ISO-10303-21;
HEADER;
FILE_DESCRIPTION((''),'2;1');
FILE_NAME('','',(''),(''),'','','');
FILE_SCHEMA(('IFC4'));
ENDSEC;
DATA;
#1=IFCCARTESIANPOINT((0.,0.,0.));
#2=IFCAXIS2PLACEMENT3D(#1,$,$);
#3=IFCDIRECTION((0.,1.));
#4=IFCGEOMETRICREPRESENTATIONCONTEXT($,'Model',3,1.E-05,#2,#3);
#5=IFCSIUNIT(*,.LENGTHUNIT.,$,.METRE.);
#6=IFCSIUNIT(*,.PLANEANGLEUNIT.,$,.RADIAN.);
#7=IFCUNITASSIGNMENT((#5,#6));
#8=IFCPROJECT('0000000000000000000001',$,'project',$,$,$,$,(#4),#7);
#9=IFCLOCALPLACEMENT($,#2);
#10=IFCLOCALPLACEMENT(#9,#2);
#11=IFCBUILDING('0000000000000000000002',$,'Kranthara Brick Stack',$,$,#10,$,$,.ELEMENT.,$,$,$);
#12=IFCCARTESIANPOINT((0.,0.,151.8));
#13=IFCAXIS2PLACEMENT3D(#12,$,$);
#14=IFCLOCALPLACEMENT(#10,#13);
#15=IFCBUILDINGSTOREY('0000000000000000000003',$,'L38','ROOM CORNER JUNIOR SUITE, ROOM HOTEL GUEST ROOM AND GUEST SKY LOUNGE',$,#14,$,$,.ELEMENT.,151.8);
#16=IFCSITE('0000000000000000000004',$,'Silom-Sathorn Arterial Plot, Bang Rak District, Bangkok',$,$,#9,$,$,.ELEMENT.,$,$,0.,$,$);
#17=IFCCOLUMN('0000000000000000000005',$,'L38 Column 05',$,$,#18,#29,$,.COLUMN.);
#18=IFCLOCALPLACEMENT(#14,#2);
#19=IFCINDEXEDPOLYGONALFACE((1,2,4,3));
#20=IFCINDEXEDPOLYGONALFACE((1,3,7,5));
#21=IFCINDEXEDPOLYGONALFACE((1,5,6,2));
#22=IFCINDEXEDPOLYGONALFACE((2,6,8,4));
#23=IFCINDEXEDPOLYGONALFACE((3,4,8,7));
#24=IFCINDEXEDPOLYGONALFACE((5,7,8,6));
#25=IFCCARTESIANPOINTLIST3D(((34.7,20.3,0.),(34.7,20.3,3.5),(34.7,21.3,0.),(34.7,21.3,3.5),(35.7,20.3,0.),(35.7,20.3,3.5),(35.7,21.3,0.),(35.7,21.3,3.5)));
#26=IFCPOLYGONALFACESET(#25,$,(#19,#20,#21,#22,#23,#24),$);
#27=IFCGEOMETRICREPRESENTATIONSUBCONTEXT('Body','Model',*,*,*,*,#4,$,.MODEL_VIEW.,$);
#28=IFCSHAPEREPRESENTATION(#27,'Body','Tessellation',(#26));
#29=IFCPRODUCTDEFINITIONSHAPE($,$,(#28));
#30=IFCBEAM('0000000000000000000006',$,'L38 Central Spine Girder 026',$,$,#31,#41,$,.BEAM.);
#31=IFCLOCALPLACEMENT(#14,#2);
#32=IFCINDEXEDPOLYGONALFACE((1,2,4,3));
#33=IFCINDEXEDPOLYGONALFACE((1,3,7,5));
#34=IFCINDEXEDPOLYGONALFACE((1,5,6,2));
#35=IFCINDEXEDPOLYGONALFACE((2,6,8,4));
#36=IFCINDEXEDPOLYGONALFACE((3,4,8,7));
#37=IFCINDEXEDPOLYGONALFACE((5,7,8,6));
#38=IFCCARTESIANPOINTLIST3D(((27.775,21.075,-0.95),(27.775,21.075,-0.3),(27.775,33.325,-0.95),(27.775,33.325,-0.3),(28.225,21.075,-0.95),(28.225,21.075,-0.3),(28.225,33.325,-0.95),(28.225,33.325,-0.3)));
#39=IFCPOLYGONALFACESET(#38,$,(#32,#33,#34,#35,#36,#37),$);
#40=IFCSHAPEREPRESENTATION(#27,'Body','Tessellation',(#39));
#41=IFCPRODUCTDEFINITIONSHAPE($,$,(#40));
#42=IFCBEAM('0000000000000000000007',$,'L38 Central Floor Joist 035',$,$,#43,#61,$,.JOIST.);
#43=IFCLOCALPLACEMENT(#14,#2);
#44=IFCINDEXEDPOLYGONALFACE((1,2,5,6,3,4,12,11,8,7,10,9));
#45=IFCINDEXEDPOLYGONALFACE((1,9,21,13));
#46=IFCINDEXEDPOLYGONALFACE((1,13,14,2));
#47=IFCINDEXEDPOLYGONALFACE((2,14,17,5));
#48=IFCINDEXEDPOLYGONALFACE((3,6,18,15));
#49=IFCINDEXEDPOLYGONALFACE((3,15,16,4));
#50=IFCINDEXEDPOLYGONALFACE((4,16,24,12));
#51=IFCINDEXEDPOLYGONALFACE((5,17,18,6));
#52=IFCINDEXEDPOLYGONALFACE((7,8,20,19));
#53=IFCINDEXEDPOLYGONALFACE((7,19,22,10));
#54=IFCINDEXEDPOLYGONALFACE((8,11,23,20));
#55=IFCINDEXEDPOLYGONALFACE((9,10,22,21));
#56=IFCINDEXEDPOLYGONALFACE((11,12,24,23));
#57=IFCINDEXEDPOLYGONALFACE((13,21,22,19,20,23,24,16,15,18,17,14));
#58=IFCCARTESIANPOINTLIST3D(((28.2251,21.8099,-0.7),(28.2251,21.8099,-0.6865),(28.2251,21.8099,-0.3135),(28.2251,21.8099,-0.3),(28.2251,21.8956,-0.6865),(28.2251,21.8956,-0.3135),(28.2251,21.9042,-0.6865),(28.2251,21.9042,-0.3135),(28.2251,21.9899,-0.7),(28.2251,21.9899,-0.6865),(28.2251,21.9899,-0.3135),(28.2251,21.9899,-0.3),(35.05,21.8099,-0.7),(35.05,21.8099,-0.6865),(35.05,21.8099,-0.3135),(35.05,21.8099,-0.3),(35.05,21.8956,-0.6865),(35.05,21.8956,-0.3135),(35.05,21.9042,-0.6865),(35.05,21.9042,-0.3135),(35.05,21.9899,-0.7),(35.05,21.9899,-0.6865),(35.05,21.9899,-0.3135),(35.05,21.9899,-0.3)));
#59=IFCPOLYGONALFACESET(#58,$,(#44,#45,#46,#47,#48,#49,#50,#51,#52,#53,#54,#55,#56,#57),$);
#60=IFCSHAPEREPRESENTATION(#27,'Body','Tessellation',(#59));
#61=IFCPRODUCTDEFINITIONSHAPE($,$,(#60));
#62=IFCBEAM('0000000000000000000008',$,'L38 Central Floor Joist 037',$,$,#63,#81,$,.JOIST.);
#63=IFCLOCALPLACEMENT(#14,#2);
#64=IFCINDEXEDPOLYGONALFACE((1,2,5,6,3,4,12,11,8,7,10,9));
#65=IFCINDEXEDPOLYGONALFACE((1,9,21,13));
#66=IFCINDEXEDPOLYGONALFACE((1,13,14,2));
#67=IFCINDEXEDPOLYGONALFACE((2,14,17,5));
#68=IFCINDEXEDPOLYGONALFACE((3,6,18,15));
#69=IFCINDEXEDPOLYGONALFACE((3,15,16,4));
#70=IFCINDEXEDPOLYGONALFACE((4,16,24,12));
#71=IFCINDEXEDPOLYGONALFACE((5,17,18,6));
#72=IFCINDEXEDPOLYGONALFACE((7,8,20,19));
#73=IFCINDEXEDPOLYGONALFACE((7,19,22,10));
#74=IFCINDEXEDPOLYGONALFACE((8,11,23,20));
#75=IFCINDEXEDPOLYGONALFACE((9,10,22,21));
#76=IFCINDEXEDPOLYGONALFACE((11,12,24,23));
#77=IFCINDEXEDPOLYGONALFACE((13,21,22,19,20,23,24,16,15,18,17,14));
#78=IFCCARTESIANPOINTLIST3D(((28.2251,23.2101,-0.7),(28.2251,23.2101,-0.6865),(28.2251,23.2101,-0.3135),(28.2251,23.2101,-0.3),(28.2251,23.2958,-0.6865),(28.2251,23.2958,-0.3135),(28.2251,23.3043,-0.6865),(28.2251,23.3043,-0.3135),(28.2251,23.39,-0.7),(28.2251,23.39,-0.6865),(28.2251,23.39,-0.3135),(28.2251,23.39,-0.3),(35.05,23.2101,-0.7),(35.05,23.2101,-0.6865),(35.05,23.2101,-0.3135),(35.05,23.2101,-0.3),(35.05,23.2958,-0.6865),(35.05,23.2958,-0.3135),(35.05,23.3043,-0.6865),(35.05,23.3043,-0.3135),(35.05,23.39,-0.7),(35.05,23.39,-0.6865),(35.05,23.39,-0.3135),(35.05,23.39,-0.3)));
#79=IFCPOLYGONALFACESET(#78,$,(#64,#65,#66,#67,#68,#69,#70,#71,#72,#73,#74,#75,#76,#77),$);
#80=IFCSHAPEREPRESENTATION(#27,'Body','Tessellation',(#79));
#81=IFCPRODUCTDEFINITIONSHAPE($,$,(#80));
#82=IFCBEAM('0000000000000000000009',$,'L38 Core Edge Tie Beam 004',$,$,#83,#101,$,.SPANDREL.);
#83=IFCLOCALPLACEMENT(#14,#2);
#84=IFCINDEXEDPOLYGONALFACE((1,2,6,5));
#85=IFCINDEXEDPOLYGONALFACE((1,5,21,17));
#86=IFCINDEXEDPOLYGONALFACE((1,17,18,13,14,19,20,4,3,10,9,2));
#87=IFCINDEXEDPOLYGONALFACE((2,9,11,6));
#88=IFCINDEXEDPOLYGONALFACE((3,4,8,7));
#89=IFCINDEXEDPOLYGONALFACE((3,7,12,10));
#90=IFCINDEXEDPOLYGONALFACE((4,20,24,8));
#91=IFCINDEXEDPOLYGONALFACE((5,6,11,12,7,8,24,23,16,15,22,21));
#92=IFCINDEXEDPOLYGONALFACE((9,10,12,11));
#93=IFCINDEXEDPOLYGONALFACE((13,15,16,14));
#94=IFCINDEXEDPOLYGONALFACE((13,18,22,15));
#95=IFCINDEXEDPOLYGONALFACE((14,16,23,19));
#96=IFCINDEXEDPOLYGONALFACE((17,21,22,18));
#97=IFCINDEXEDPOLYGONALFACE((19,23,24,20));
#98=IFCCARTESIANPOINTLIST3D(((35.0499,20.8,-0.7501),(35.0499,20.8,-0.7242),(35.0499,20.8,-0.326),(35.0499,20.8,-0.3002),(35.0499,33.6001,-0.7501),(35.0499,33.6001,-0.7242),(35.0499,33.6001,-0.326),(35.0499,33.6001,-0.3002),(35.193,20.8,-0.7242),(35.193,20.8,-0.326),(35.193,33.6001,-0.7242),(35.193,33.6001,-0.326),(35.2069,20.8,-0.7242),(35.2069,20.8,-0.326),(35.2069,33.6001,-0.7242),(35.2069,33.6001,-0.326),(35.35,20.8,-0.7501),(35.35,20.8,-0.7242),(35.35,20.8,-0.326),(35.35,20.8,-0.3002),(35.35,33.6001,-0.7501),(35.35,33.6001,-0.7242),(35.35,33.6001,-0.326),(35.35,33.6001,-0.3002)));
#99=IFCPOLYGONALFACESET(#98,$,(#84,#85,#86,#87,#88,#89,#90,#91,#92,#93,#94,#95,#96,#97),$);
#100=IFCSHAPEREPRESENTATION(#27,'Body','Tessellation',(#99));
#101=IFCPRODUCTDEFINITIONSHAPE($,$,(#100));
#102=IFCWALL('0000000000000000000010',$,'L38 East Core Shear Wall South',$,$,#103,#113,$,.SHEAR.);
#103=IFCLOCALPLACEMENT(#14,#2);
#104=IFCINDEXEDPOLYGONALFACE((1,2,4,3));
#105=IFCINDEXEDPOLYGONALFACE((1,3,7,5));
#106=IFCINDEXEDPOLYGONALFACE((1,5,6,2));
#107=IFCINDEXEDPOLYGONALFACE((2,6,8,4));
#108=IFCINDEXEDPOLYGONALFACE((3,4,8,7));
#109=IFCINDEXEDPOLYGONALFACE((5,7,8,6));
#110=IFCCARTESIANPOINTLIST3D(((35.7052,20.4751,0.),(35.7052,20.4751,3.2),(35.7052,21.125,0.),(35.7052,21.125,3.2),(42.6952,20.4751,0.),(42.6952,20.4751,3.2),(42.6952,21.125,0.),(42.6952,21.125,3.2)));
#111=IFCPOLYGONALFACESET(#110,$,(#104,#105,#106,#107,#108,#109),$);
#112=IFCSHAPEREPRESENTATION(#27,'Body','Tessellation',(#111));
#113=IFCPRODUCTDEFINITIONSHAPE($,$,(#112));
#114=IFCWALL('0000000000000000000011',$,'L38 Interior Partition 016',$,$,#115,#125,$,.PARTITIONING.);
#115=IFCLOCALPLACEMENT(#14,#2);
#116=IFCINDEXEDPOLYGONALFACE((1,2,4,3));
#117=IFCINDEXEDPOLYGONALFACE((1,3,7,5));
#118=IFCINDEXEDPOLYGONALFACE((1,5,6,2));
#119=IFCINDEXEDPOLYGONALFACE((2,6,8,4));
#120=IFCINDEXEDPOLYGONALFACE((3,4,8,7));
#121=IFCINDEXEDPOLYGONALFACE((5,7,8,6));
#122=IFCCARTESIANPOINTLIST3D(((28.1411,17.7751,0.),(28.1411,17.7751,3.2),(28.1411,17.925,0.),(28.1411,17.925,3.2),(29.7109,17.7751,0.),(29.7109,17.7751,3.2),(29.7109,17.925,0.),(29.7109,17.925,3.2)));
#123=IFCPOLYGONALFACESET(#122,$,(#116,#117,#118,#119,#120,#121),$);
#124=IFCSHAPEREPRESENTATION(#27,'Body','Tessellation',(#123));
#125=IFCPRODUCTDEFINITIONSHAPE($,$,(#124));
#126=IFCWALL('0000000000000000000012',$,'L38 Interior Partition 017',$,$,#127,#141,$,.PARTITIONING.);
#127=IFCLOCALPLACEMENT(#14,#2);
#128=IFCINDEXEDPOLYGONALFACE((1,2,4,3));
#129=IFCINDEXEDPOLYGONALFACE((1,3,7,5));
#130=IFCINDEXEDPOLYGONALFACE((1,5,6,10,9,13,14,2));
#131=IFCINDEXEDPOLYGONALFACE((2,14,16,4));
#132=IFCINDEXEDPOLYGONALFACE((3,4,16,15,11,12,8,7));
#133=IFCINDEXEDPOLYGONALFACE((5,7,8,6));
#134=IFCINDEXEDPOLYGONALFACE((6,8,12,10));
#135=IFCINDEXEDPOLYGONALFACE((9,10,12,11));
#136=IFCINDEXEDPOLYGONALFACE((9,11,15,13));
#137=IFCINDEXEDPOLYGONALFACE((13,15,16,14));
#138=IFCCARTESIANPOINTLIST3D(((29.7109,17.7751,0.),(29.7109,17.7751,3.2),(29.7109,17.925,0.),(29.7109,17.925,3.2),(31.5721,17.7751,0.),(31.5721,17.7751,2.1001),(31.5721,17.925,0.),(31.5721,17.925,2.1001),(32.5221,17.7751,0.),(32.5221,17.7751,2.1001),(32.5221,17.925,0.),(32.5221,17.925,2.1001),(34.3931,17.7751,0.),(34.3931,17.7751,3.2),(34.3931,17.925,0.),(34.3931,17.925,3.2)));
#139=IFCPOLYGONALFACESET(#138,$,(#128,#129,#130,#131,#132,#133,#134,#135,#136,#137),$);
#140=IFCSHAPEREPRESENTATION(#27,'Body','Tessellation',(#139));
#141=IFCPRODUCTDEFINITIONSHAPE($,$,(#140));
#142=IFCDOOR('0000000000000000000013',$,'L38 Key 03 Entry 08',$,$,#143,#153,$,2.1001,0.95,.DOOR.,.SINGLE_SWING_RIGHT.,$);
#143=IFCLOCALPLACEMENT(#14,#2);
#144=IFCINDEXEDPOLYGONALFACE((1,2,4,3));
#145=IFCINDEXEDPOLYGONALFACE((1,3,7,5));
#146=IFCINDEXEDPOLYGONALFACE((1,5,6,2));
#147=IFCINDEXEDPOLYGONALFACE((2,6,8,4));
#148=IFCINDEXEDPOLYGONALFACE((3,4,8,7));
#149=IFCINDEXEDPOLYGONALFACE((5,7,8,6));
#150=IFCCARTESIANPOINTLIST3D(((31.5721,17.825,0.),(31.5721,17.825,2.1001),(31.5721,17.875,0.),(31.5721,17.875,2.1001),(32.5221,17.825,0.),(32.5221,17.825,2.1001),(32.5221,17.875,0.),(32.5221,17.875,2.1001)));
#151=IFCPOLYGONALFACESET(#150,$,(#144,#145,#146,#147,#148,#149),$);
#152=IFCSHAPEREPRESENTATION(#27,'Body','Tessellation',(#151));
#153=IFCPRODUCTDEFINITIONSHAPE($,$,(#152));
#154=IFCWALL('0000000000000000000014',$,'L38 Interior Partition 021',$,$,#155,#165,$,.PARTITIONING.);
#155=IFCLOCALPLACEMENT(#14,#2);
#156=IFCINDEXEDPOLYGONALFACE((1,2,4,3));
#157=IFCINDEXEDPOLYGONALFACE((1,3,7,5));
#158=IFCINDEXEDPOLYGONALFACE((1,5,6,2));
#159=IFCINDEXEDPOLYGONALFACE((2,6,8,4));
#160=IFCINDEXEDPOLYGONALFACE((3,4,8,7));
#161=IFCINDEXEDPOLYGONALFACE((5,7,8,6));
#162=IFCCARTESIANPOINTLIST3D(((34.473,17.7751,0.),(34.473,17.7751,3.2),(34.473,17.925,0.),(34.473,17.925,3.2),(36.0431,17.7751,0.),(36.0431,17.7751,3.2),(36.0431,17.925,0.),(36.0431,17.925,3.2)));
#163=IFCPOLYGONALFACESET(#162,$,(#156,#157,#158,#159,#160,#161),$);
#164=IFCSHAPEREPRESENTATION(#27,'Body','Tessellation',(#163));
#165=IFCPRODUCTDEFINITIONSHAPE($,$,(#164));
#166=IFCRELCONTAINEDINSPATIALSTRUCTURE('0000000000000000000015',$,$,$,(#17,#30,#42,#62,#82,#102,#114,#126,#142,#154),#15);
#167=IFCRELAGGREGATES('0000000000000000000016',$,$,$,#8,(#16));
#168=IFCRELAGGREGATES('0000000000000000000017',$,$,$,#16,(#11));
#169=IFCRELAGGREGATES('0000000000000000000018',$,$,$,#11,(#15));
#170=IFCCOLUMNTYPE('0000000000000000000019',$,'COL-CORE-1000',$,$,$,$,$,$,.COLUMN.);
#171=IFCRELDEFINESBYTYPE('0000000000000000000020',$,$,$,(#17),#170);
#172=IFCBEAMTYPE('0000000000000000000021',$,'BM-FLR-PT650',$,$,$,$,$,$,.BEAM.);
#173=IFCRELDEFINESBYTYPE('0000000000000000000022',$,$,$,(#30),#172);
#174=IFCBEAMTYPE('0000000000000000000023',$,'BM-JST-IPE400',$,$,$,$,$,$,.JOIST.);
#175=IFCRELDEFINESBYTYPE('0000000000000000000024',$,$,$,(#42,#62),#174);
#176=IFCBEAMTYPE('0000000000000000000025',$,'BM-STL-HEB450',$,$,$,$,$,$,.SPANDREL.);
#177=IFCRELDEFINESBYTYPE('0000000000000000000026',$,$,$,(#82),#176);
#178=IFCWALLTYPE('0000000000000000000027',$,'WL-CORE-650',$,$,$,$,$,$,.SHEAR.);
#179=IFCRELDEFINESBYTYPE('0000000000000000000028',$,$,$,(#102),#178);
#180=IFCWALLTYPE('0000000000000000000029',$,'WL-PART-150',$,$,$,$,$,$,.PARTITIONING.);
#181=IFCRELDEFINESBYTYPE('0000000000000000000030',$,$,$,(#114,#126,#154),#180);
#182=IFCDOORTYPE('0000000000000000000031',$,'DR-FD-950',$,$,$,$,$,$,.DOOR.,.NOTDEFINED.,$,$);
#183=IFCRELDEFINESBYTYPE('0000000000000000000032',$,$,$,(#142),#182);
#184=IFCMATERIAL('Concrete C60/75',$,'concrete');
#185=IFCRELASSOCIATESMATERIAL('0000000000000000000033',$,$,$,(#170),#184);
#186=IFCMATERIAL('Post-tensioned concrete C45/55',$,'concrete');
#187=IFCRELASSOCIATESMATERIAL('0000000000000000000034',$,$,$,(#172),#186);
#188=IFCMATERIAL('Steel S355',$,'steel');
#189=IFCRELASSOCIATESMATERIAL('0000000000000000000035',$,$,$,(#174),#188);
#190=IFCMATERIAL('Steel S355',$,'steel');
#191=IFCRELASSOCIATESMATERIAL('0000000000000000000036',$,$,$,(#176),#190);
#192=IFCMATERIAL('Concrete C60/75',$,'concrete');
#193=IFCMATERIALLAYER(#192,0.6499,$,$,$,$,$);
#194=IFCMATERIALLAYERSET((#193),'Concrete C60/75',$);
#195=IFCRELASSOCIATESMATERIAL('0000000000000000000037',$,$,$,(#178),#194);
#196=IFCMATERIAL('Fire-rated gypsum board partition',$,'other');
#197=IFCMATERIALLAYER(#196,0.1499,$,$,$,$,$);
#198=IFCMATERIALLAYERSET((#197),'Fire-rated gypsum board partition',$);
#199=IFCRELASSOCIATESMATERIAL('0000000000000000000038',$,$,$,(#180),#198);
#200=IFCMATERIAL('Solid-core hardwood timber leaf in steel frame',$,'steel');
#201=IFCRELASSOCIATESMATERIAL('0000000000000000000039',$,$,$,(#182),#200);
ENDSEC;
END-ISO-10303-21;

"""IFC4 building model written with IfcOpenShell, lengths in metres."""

from ifc_helpers import new_model, si_unit, direction, frame, frame_2d, origin, origin_2d, place, context, subcontext, project, spatial, rectangle, i_section, extrude, material, layer, layer_set, material_profile, profile_set, type_object, element, fill, save


model = new_model("IFC4")

# Units and contexts
model_context = context("Model", 3, precision=1e-05, world=origin(), true_north=direction((0.0, 1.0)))
body_context = subcontext(model_context, "Body", "Model", "MODEL_VIEW")
ifc_project = project(units=[si_unit("LENGTHUNIT", "METRE"), si_unit("PLANEANGLEUNIT", "RADIAN")], contexts=[model_context])

# Site, building, storey
site_placement = place(None, origin())
site = spatial("IfcSite", under=ifc_project, at=site_placement, Name="Silom-Sathorn Arterial Plot, Bang Rak District, Bangkok", CompositionType="ELEMENT", RefElevation=0.0)
building_placement = place(site_placement, origin())
building = spatial("IfcBuilding", under=site, at=building_placement, Name="Kranthara Brick Stack", CompositionType="ELEMENT")
storey_placement = place(building_placement, frame((0.0, 0.0, 151.8)))
storey = spatial("IfcBuildingStorey", under=building, at=storey_placement, Name="L38", Description="ROOM CORNER JUNIOR SUITE, ROOM HOTEL GUEST ROOM AND GUEST SKY LOUNGE", CompositionType="ELEMENT", Elevation=151.8)

# Column
ifc_material_1 = material(Name="Concrete C60/75", Category="concrete")
ifc_material_profile_1 = material_profile(ifc_material_1, rectangle(XDim=1.0, YDim=1.0, at=origin_2d()), Name="RC 1000x1000")
ifc_profile_set_1 = profile_set([ifc_material_profile_1], Name="Concrete C60/75")
column_type = type_object("IfcColumnType", Name="COL-CORE-1000", PredefinedType="COLUMN", material=ifc_profile_set_1)
column_placement = place(storey_placement, frame((35.2, 20.8, 0.0), z_axis=(0.0, 0.0, 1.0), x_axis=(1.0, 0.0, 0.0)))
element("IfcColumn", 1, at=column_placement, inside=storey, type_object=column_type, Name="L38 Column 05", PredefinedType="COLUMN", context=body_context, shape_type="SweptSolid", body=[
    extrude(rectangle(XDim=1.0, YDim=1.0, at=origin_2d()), origin(), (0.0, 0.0, 1.0), 3.5),
])

# Beams
ifc_material_2 = material(Name="Post-tensioned concrete C45/55", Category="concrete")
ifc_material_profile_2 = material_profile(ifc_material_2, rectangle(XDim=0.45, YDim=0.6499, at=origin_2d()), Name="PT 450x650")
ifc_profile_set_2 = profile_set([ifc_material_profile_2], Name="Post-tensioned concrete C45/55")
beam_type_1 = type_object("IfcBeamType", Name="BM-FLR-PT650", PredefinedType="BEAM", material=ifc_profile_set_2)
beam_1_placement = place(storey_placement, frame((28.0, 21.075, -0.625), z_axis=(0.0, 1.0, 0.0), x_axis=(-1.0, 0.0, 0.0)))
element("IfcBeam", 2, at=beam_1_placement, inside=storey, type_object=beam_type_1, Name="L38 Central Spine Girder 026", PredefinedType="BEAM", context=body_context, shape_type="SweptSolid", body=[
    extrude(rectangle(XDim=0.45, YDim=0.6499, at=origin_2d()), origin(), (0.0, 0.0, 1.0), 12.25),
])
ifc_material_3 = material(Name="Steel S355", Category="steel")
ifc_material_profile_3 = material_profile(ifc_material_3, i_section(OverallWidth=0.1799, OverallDepth=0.3999, WebThickness=0.0085, FlangeThickness=0.0134, at=origin_2d()), Name="IPE 400")
ifc_profile_set_3 = profile_set([ifc_material_profile_3], Name="Steel S355")
beam_type_2 = type_object("IfcBeamType", Name="BM-JST-IPE400", PredefinedType="JOIST", material=ifc_profile_set_3)
for number, where, z_axis, x_axis, name in (
    (3, (28.2251, 21.8999, -0.5), (1.0, 0.0, 0.0), (0.0, 1.0, 0.0), "L38 Central Floor Joist 035"),
    (4, (28.2251, 23.3, -0.5), (1.0, 0.0, 0.0), (0.0, 1.0, 0.0), "L38 Central Floor Joist 037"),
):
    element("IfcBeam", number, at=place(storey_placement, frame(where, z_axis=z_axis, x_axis=x_axis)), inside=storey, type_object=beam_type_2, Name=name, PredefinedType="JOIST", context=body_context, shape_type="SweptSolid", body=[
        extrude(i_section(OverallWidth=0.1799, OverallDepth=0.3999, WebThickness=0.0085, FlangeThickness=0.0134, at=origin_2d()), origin(), (0.0, 0.0, 1.0), 6.825),
    ])
ifc_material_4 = material(Name="Steel S355", Category="steel")
ifc_material_profile_4 = material_profile(ifc_material_4, i_section(OverallWidth=0.3, OverallDepth=0.45, WebThickness=0.0139, FlangeThickness=0.0259, at=origin_2d()), Name="HEB 450")
ifc_profile_set_4 = profile_set([ifc_material_profile_4], Name="Steel S355")
beam_type_3 = type_object("IfcBeamType", Name="BM-STL-HEB450", PredefinedType="SPANDREL", material=ifc_profile_set_4)
beam_2_placement = place(storey_placement, frame((35.2, 20.8, -0.5251), z_axis=(0.0, 1.0, 0.0), x_axis=(-1.0, 0.0, 0.0)))
element("IfcBeam", 5, at=beam_2_placement, inside=storey, type_object=beam_type_3, Name="L38 Core Edge Tie Beam 004", PredefinedType="SPANDREL", context=body_context, shape_type="SweptSolid", body=[
    extrude(i_section(OverallWidth=0.3, OverallDepth=0.45, WebThickness=0.0139, FlangeThickness=0.0259, at=origin_2d()), origin(), (0.0, 0.0, 1.0), 12.8),
])

# Wall
ifc_material_5 = material(Name="Concrete C60/75", Category="concrete")
ifc_layer_1 = layer(ifc_material_5, 0.6499)
ifc_layer_set_1 = layer_set([ifc_layer_1], Name="Concrete C60/75")
wall_type_1 = type_object("IfcWallType", Name="WL-CORE-650", PredefinedType="SHEAR", material=ifc_layer_set_1)
wall_1_placement = place(storey_placement, frame((35.7051, 20.8, 0.0), z_axis=(0.0, 0.0, 1.0), x_axis=(1.0, 0.0, 0.0)))
element("IfcWall", 6, at=wall_1_placement, inside=storey, type_object=wall_type_1, Name="L38 East Core Shear Wall South", PredefinedType="SHEAR", context=body_context, shape_type="SweptSolid", body=[
    extrude(rectangle(XDim=6.99, YDim=0.6499, at=frame_2d((3.4951, 0.0))), origin(), (0.0, 0.0, 1.0), 3.2),
])

# Wall
ifc_material_6 = material(Name="Fire-rated gypsum board partition", Category="other")
ifc_layer_2 = layer(ifc_material_6, 0.1499)
ifc_layer_set_2 = layer_set([ifc_layer_2], Name="Fire-rated gypsum board partition")
wall_type_2 = type_object("IfcWallType", Name="WL-PART-150", PredefinedType="PARTITIONING", material=ifc_layer_set_2)
wall_2_placement = place(storey_placement, frame((28.1411, 17.8501, 0.0), z_axis=(0.0, 0.0, 1.0), x_axis=(1.0, 0.0, 0.0)))
element("IfcWall", 7, at=wall_2_placement, inside=storey, type_object=wall_type_2, Name="L38 Interior Partition 016", PredefinedType="PARTITIONING", context=body_context, shape_type="SweptSolid", body=[
    extrude(rectangle(XDim=1.5698, YDim=0.1499, at=frame_2d((0.7849, 0.0))), origin(), (0.0, 0.0, 1.0), 3.2),
])

# Wall, opening, door
wall_3_placement = place(storey_placement, frame((29.7109, 17.8501, 0.0), z_axis=(0.0, 0.0, 1.0), x_axis=(1.0, 0.0, 0.0)))
wall_3 = element("IfcWall", 8, at=wall_3_placement, inside=storey, type_object=wall_type_2, Name="L38 Interior Partition 017", PredefinedType="PARTITIONING", context=body_context, shape_type="SweptSolid", body=[
    extrude(rectangle(XDim=4.6821, YDim=0.1499, at=frame_2d((2.3411, 0.0))), origin(), (0.0, 0.0, 1.0), 3.2),
])
opening_1_placement = place(wall_3_placement, frame((1.8611, 0.0, 0.0)))
opening_1 = element("IfcOpeningElement", 9, at=opening_1_placement, cuts=wall_3, PredefinedType="OPENING", context=body_context, shape_type="SweptSolid", body=[
    extrude(rectangle(XDim=0.95, YDim=2.1001, at=frame_2d((0.4751, 1.05))), frame((0.0, 0.085, 0.0), z_axis=(0.0, -1.0, 0.0), x_axis=(1.0, 0.0, 0.0)), (0.0, 0.0, 1.0), 0.1699),
])
ifc_material_7 = material(Name="Solid-core hardwood timber leaf in steel frame", Category="steel")
door_type_1 = type_object("IfcDoorType", Name="DR-FD-950", OperationType="NOTDEFINED", PredefinedType="DOOR", material=ifc_material_7)
door_1_placement = place(opening_1_placement, origin())
door_1 = element("IfcDoor", 10, at=door_1_placement, inside=storey, type_object=door_type_1, Name="L38 Key 03 Entry 08", OperationType="SINGLE_SWING_RIGHT", OverallHeight=2.1001, OverallWidth=0.95, PredefinedType="DOOR", context=body_context, shape_type="SweptSolid", body=[
    extrude(rectangle(XDim=0.95, YDim=2.1001, at=frame_2d((0.4751, 1.05))), frame((0.0, 0.0249, 0.0), z_axis=(0.0, -1.0, 0.0), x_axis=(1.0, 0.0, 0.0)), (0.0, 0.0, 1.0), 0.05),
])
fill(opening_1, door_1)

# Wall
wall_4_placement = place(storey_placement, frame((34.4729, 17.8501, 0.0), z_axis=(0.0, 0.0, 1.0), x_axis=(1.0, 0.0, 0.0)))
element("IfcWall", 11, at=wall_4_placement, inside=storey, type_object=wall_type_2, Name="L38 Interior Partition 021", PredefinedType="PARTITIONING", context=body_context, shape_type="SweptSolid", body=[
    extrude(rectangle(XDim=1.5701, YDim=0.1499, at=frame_2d((0.7852, 0.0))), origin(), (0.0, 0.0, 1.0), 3.2),
])

save(model, "model.ifc")
